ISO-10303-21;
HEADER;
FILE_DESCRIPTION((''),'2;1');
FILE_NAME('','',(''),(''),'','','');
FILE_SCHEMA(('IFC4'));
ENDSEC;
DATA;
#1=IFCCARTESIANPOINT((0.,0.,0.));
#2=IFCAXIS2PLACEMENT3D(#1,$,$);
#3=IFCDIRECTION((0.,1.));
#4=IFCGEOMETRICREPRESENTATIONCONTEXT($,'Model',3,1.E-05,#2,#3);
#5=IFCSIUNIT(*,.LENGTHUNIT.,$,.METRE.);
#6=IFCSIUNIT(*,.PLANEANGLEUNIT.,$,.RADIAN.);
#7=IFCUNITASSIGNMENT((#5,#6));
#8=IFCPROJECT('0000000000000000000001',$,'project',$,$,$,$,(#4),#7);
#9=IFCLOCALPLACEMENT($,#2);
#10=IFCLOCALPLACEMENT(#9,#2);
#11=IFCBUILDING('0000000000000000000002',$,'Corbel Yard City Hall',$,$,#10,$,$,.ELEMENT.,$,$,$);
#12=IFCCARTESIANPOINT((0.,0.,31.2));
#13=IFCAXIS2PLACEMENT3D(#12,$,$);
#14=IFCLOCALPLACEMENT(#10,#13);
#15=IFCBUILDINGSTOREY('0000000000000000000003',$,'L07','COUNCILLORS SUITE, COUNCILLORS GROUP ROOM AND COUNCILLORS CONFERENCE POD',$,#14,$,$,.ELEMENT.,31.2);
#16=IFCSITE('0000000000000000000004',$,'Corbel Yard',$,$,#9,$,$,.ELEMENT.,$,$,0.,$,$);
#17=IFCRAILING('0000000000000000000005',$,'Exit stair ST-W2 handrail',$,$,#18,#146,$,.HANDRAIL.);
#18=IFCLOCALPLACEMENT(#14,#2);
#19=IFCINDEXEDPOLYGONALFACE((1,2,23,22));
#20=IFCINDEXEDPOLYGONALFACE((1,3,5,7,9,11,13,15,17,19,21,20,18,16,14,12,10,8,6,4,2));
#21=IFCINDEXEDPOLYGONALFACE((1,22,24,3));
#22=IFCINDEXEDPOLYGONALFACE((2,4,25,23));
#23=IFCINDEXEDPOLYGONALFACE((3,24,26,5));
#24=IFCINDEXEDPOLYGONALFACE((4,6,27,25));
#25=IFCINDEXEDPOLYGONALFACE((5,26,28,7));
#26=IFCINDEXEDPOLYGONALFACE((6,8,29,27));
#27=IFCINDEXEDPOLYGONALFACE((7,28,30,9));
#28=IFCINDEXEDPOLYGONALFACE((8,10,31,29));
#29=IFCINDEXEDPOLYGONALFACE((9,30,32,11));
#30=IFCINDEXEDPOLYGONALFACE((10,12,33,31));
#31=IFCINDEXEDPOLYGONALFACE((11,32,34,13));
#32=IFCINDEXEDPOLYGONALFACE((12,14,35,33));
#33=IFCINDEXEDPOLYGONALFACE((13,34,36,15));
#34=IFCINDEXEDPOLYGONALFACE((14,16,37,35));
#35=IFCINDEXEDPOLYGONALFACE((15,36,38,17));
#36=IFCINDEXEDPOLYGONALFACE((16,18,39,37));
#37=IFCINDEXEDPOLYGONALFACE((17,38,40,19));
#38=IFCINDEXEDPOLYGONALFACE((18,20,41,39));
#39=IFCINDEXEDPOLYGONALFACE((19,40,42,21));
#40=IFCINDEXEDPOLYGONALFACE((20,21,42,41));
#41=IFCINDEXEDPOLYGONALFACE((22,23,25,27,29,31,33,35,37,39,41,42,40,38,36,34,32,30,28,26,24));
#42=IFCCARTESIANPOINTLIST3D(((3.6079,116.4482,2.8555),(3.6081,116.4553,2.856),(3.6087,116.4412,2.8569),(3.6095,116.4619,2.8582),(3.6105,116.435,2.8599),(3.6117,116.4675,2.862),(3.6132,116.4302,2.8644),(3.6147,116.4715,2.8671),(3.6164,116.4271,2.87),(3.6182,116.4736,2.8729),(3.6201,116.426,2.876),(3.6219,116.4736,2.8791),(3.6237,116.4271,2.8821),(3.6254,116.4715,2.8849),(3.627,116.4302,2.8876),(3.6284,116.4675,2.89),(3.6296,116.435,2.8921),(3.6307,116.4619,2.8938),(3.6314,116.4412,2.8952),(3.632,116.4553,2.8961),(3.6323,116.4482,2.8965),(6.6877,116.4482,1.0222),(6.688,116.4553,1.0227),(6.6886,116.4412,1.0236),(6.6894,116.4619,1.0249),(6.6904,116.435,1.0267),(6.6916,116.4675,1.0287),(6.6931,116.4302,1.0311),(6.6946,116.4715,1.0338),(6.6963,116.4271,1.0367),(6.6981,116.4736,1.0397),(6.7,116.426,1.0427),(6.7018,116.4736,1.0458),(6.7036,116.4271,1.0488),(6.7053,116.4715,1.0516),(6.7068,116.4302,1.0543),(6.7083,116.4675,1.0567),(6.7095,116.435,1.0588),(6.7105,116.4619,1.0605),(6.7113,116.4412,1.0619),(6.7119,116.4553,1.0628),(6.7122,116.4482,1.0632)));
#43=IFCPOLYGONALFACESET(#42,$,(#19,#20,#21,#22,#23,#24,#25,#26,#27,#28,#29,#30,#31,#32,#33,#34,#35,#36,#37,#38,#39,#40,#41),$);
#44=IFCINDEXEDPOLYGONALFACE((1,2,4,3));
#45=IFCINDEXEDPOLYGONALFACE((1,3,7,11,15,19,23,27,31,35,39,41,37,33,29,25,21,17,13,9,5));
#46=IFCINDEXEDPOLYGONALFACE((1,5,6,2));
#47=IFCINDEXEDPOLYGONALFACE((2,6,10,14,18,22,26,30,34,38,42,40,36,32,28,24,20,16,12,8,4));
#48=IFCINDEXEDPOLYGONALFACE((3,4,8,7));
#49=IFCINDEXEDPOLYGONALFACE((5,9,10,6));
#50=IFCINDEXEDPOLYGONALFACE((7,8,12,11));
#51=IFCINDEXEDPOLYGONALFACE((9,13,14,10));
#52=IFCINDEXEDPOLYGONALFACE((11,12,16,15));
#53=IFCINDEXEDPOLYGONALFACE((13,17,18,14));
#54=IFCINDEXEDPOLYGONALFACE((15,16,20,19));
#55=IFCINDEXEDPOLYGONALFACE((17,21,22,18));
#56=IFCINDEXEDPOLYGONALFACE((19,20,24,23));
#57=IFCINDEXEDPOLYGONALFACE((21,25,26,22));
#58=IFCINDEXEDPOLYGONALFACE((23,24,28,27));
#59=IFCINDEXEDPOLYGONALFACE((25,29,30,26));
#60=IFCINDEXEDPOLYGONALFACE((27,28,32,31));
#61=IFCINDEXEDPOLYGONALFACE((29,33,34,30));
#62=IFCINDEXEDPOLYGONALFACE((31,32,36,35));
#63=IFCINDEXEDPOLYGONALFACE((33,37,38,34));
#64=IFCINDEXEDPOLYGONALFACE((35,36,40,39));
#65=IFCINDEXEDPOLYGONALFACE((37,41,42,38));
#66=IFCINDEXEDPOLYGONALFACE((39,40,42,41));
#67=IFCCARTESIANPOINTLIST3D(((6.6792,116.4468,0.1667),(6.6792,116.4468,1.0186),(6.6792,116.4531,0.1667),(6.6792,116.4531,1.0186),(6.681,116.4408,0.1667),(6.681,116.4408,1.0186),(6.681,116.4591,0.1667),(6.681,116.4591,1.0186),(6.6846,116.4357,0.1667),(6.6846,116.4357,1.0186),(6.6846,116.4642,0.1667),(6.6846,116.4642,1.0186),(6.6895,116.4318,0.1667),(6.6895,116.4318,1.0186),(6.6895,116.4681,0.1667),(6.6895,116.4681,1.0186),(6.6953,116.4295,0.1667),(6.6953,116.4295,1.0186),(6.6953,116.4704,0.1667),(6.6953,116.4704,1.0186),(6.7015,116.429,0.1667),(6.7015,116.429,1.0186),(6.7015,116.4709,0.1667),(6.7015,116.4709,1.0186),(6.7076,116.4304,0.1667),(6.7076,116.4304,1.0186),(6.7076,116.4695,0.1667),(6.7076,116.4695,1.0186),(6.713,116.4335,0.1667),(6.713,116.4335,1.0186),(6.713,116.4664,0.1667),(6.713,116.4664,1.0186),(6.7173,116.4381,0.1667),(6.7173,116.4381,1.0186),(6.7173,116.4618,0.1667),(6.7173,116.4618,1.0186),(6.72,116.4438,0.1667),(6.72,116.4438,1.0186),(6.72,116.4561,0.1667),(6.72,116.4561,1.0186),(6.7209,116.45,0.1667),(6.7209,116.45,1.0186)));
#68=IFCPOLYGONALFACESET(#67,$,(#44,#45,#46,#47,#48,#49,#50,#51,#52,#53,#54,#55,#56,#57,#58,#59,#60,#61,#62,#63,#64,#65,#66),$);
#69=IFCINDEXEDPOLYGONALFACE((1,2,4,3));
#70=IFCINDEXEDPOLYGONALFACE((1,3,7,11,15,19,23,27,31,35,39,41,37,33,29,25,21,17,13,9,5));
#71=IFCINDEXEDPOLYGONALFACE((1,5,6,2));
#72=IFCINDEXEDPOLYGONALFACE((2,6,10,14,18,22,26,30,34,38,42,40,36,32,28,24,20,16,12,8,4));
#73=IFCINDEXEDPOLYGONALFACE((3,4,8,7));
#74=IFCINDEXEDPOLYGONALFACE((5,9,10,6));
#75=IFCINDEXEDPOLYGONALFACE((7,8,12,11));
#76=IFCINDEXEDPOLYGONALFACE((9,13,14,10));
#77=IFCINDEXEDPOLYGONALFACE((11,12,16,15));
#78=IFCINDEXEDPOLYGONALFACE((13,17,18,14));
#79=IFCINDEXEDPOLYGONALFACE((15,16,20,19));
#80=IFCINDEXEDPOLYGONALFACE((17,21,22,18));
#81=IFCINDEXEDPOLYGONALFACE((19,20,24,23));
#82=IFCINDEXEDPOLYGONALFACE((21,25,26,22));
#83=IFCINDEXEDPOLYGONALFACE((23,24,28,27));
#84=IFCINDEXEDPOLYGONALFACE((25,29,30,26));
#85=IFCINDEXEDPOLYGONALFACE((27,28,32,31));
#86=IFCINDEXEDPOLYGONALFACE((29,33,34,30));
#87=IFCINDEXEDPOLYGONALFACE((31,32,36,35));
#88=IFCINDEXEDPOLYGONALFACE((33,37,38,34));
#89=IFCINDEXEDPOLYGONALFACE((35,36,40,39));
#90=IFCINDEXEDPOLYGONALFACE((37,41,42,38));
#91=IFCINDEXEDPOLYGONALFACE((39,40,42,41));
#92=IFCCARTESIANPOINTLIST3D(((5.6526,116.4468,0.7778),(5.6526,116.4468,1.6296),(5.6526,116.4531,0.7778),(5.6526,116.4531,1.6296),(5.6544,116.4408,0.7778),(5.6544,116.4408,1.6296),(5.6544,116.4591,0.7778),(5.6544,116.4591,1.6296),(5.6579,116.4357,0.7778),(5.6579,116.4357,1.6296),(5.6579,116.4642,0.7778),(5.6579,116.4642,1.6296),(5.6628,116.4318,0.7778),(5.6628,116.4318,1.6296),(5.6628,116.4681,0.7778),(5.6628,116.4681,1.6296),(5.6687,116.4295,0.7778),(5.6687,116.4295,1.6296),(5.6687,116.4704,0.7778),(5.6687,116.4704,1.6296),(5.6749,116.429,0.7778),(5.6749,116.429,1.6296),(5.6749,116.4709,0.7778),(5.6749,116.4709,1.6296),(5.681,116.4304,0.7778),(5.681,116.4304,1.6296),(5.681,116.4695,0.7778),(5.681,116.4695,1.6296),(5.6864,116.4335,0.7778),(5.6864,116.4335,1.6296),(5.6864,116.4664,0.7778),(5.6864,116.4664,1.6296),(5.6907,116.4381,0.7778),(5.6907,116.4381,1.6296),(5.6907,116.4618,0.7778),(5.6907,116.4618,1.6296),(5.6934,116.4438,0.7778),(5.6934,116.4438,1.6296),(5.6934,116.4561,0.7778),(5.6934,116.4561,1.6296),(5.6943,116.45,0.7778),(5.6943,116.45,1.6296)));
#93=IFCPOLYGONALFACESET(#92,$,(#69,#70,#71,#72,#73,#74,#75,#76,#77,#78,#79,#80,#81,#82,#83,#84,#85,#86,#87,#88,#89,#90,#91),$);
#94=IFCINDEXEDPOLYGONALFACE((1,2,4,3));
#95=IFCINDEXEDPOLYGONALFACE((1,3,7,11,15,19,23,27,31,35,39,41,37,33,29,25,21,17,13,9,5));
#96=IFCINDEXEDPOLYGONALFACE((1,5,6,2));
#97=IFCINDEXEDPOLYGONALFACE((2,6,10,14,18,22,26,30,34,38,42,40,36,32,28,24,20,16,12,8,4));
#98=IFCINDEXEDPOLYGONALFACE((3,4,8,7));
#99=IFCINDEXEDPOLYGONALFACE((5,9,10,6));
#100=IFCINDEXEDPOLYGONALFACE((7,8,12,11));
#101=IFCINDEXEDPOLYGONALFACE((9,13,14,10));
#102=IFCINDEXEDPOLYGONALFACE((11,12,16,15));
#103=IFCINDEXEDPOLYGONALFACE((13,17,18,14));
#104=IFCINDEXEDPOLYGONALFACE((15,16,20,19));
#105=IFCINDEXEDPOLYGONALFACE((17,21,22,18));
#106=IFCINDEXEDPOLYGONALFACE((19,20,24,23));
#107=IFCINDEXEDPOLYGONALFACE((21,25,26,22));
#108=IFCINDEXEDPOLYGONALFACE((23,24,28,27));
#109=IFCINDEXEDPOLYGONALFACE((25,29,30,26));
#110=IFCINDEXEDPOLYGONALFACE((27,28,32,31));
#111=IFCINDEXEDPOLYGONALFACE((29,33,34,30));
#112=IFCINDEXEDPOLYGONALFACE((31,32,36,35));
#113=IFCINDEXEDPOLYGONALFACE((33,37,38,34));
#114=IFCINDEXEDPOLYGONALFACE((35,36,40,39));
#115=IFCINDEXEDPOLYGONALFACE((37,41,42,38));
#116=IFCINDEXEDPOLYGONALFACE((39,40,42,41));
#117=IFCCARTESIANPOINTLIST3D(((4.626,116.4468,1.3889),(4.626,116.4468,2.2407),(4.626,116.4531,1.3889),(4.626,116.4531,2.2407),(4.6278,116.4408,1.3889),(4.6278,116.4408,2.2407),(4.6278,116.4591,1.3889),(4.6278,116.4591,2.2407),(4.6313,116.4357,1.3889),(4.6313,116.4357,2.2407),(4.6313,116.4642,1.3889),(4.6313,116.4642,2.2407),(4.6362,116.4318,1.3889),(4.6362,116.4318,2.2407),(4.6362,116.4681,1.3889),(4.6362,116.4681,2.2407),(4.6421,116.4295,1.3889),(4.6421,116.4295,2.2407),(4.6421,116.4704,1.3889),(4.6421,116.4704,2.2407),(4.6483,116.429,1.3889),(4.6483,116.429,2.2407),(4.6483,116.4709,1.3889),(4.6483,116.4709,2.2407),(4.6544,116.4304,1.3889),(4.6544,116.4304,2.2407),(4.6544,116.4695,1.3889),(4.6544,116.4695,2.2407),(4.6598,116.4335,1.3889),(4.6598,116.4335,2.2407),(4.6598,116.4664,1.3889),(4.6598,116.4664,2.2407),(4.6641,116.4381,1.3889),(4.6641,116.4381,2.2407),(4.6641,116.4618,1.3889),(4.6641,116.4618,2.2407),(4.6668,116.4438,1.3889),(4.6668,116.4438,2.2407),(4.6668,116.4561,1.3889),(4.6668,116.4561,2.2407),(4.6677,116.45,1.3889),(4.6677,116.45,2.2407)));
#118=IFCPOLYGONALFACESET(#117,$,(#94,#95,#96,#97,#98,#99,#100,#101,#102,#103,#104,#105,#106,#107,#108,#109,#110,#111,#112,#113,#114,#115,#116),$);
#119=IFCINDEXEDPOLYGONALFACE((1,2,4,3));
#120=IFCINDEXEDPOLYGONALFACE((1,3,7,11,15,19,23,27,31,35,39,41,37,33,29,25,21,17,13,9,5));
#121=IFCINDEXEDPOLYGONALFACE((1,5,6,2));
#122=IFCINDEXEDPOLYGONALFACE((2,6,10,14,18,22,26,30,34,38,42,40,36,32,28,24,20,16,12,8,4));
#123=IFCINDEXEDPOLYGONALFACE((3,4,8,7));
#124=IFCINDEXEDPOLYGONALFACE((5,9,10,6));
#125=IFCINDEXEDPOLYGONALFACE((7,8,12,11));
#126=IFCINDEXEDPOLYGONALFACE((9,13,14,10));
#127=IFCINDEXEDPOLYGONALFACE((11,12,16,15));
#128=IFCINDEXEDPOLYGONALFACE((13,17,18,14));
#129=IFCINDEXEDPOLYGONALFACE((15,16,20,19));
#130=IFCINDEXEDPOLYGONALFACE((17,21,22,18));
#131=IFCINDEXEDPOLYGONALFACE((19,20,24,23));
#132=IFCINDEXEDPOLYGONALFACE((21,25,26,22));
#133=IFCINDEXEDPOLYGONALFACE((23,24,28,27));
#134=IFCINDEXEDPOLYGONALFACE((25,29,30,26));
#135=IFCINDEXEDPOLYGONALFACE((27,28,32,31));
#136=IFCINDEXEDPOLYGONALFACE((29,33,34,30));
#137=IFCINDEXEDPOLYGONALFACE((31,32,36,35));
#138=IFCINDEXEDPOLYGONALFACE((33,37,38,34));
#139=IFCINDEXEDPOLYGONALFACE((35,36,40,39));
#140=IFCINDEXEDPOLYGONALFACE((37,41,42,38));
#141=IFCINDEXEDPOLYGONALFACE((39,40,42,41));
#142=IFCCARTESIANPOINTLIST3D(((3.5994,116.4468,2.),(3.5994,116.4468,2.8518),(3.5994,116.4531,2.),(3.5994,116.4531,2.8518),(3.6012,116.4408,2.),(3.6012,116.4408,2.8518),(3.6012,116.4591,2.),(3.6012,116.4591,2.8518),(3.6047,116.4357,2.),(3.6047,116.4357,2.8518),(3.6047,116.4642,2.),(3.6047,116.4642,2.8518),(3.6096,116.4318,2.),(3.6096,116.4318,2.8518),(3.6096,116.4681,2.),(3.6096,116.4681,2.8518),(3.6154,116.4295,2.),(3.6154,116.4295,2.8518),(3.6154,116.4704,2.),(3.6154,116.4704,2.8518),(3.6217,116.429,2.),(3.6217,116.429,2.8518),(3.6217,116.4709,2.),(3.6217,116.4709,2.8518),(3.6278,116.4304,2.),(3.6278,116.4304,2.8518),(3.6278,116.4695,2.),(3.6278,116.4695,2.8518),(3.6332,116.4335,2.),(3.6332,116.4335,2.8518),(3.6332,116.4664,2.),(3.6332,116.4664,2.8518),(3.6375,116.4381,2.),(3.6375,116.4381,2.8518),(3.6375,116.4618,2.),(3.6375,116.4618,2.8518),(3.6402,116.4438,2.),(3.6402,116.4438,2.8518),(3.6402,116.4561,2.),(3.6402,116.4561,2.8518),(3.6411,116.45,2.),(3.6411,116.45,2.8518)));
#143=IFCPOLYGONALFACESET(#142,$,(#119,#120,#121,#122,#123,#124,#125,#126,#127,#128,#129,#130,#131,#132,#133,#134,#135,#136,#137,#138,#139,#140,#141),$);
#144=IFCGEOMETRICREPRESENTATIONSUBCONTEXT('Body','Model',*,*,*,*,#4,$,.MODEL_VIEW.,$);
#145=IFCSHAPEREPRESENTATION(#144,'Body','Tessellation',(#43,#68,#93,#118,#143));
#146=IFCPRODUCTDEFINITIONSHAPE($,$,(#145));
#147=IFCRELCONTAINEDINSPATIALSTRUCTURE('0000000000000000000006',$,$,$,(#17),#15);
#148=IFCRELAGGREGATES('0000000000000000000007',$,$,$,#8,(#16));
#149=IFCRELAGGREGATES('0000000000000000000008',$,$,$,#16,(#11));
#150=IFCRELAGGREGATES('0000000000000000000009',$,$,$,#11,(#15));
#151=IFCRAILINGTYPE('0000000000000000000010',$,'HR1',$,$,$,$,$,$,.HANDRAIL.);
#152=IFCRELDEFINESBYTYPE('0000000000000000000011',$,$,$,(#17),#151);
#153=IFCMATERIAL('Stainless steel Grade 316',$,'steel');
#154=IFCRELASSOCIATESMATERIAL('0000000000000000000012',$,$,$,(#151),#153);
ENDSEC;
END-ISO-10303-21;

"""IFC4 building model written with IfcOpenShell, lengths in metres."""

from ifc_helpers import new_model, si_unit, direction, frame, origin, origin_2d, place, context, subcontext, project, spatial, circle, extrude, material, type_object, element, save


model = new_model("IFC4")

# Units and contexts
model_context = context("Model", 3, precision=1e-05, world=origin(), true_north=direction((0.0, 1.0)))
body_context = subcontext(model_context, "Body", "Model", "MODEL_VIEW")
ifc_project = project(units=[si_unit("LENGTHUNIT", "METRE"), si_unit("PLANEANGLEUNIT", "RADIAN")], contexts=[model_context])

# Site, building, storey
site_placement = place(None, origin())
site = spatial("IfcSite", under=ifc_project, at=site_placement, Name="Corbel Yard", CompositionType="ELEMENT", RefElevation=0.0)
building_placement = place(site_placement, origin())
building = spatial("IfcBuilding", under=site, at=building_placement, Name="Corbel Yard City Hall", CompositionType="ELEMENT")
storey_placement = place(building_placement, frame((0.0, 0.0, 31.2)))
storey = spatial("IfcBuildingStorey", under=building, at=storey_placement, Name="L07", Description="COUNCILLORS SUITE, COUNCILLORS GROUP ROOM AND COUNCILLORS CONFERENCE POD", CompositionType="ELEMENT", Elevation=31.2)

# Shared definitions
ifc_material_1 = material(Name="Stainless steel Grade 316", Category="steel")

# Railing
railing_type = type_object("IfcRailingType", Name="HR1", PredefinedType="HANDRAIL", material=ifc_material_1)
for number, where, name in (
    (1, (6.7, 116.45, 0.1667), "Exit stair ST-W2 handrail"),
):
    element("IfcRailing", number, at=place(storey_placement, frame(where)), inside=storey, type_object=railing_type, Name=name, PredefinedType="HANDRAIL", context=body_context, shape_type="SweptSolid", body=[
        extrude(circle(Radius=0.0239, at=origin_2d()), frame((0.0, 0.0, 0.876), z_axis=(-0.859291, 0.0, 0.511487), x_axis=(0.0, -1.0, 0.0)), (0.0, 0.0, 1.0), 3.5842),
        extrude(circle(Radius=0.021, at=origin_2d()), origin(), (0.0, 0.0, 1.0), 0.8518),
        extrude(circle(Radius=0.021, at=origin_2d()), frame((-1.0266, 0.0, 0.6111)), (0.0, 0.0, 1.0), 0.8518),
        extrude(circle(Radius=0.021, at=origin_2d()), frame((-2.0532, 0.0, 1.2222)), (0.0, 0.0, 1.0), 0.8518),
        extrude(circle(Radius=0.021, at=origin_2d()), frame((-3.0798, 0.0, 1.8333)), (0.0, 0.0, 1.0), 0.8518),
    ])

save(model, "model.ifc")
